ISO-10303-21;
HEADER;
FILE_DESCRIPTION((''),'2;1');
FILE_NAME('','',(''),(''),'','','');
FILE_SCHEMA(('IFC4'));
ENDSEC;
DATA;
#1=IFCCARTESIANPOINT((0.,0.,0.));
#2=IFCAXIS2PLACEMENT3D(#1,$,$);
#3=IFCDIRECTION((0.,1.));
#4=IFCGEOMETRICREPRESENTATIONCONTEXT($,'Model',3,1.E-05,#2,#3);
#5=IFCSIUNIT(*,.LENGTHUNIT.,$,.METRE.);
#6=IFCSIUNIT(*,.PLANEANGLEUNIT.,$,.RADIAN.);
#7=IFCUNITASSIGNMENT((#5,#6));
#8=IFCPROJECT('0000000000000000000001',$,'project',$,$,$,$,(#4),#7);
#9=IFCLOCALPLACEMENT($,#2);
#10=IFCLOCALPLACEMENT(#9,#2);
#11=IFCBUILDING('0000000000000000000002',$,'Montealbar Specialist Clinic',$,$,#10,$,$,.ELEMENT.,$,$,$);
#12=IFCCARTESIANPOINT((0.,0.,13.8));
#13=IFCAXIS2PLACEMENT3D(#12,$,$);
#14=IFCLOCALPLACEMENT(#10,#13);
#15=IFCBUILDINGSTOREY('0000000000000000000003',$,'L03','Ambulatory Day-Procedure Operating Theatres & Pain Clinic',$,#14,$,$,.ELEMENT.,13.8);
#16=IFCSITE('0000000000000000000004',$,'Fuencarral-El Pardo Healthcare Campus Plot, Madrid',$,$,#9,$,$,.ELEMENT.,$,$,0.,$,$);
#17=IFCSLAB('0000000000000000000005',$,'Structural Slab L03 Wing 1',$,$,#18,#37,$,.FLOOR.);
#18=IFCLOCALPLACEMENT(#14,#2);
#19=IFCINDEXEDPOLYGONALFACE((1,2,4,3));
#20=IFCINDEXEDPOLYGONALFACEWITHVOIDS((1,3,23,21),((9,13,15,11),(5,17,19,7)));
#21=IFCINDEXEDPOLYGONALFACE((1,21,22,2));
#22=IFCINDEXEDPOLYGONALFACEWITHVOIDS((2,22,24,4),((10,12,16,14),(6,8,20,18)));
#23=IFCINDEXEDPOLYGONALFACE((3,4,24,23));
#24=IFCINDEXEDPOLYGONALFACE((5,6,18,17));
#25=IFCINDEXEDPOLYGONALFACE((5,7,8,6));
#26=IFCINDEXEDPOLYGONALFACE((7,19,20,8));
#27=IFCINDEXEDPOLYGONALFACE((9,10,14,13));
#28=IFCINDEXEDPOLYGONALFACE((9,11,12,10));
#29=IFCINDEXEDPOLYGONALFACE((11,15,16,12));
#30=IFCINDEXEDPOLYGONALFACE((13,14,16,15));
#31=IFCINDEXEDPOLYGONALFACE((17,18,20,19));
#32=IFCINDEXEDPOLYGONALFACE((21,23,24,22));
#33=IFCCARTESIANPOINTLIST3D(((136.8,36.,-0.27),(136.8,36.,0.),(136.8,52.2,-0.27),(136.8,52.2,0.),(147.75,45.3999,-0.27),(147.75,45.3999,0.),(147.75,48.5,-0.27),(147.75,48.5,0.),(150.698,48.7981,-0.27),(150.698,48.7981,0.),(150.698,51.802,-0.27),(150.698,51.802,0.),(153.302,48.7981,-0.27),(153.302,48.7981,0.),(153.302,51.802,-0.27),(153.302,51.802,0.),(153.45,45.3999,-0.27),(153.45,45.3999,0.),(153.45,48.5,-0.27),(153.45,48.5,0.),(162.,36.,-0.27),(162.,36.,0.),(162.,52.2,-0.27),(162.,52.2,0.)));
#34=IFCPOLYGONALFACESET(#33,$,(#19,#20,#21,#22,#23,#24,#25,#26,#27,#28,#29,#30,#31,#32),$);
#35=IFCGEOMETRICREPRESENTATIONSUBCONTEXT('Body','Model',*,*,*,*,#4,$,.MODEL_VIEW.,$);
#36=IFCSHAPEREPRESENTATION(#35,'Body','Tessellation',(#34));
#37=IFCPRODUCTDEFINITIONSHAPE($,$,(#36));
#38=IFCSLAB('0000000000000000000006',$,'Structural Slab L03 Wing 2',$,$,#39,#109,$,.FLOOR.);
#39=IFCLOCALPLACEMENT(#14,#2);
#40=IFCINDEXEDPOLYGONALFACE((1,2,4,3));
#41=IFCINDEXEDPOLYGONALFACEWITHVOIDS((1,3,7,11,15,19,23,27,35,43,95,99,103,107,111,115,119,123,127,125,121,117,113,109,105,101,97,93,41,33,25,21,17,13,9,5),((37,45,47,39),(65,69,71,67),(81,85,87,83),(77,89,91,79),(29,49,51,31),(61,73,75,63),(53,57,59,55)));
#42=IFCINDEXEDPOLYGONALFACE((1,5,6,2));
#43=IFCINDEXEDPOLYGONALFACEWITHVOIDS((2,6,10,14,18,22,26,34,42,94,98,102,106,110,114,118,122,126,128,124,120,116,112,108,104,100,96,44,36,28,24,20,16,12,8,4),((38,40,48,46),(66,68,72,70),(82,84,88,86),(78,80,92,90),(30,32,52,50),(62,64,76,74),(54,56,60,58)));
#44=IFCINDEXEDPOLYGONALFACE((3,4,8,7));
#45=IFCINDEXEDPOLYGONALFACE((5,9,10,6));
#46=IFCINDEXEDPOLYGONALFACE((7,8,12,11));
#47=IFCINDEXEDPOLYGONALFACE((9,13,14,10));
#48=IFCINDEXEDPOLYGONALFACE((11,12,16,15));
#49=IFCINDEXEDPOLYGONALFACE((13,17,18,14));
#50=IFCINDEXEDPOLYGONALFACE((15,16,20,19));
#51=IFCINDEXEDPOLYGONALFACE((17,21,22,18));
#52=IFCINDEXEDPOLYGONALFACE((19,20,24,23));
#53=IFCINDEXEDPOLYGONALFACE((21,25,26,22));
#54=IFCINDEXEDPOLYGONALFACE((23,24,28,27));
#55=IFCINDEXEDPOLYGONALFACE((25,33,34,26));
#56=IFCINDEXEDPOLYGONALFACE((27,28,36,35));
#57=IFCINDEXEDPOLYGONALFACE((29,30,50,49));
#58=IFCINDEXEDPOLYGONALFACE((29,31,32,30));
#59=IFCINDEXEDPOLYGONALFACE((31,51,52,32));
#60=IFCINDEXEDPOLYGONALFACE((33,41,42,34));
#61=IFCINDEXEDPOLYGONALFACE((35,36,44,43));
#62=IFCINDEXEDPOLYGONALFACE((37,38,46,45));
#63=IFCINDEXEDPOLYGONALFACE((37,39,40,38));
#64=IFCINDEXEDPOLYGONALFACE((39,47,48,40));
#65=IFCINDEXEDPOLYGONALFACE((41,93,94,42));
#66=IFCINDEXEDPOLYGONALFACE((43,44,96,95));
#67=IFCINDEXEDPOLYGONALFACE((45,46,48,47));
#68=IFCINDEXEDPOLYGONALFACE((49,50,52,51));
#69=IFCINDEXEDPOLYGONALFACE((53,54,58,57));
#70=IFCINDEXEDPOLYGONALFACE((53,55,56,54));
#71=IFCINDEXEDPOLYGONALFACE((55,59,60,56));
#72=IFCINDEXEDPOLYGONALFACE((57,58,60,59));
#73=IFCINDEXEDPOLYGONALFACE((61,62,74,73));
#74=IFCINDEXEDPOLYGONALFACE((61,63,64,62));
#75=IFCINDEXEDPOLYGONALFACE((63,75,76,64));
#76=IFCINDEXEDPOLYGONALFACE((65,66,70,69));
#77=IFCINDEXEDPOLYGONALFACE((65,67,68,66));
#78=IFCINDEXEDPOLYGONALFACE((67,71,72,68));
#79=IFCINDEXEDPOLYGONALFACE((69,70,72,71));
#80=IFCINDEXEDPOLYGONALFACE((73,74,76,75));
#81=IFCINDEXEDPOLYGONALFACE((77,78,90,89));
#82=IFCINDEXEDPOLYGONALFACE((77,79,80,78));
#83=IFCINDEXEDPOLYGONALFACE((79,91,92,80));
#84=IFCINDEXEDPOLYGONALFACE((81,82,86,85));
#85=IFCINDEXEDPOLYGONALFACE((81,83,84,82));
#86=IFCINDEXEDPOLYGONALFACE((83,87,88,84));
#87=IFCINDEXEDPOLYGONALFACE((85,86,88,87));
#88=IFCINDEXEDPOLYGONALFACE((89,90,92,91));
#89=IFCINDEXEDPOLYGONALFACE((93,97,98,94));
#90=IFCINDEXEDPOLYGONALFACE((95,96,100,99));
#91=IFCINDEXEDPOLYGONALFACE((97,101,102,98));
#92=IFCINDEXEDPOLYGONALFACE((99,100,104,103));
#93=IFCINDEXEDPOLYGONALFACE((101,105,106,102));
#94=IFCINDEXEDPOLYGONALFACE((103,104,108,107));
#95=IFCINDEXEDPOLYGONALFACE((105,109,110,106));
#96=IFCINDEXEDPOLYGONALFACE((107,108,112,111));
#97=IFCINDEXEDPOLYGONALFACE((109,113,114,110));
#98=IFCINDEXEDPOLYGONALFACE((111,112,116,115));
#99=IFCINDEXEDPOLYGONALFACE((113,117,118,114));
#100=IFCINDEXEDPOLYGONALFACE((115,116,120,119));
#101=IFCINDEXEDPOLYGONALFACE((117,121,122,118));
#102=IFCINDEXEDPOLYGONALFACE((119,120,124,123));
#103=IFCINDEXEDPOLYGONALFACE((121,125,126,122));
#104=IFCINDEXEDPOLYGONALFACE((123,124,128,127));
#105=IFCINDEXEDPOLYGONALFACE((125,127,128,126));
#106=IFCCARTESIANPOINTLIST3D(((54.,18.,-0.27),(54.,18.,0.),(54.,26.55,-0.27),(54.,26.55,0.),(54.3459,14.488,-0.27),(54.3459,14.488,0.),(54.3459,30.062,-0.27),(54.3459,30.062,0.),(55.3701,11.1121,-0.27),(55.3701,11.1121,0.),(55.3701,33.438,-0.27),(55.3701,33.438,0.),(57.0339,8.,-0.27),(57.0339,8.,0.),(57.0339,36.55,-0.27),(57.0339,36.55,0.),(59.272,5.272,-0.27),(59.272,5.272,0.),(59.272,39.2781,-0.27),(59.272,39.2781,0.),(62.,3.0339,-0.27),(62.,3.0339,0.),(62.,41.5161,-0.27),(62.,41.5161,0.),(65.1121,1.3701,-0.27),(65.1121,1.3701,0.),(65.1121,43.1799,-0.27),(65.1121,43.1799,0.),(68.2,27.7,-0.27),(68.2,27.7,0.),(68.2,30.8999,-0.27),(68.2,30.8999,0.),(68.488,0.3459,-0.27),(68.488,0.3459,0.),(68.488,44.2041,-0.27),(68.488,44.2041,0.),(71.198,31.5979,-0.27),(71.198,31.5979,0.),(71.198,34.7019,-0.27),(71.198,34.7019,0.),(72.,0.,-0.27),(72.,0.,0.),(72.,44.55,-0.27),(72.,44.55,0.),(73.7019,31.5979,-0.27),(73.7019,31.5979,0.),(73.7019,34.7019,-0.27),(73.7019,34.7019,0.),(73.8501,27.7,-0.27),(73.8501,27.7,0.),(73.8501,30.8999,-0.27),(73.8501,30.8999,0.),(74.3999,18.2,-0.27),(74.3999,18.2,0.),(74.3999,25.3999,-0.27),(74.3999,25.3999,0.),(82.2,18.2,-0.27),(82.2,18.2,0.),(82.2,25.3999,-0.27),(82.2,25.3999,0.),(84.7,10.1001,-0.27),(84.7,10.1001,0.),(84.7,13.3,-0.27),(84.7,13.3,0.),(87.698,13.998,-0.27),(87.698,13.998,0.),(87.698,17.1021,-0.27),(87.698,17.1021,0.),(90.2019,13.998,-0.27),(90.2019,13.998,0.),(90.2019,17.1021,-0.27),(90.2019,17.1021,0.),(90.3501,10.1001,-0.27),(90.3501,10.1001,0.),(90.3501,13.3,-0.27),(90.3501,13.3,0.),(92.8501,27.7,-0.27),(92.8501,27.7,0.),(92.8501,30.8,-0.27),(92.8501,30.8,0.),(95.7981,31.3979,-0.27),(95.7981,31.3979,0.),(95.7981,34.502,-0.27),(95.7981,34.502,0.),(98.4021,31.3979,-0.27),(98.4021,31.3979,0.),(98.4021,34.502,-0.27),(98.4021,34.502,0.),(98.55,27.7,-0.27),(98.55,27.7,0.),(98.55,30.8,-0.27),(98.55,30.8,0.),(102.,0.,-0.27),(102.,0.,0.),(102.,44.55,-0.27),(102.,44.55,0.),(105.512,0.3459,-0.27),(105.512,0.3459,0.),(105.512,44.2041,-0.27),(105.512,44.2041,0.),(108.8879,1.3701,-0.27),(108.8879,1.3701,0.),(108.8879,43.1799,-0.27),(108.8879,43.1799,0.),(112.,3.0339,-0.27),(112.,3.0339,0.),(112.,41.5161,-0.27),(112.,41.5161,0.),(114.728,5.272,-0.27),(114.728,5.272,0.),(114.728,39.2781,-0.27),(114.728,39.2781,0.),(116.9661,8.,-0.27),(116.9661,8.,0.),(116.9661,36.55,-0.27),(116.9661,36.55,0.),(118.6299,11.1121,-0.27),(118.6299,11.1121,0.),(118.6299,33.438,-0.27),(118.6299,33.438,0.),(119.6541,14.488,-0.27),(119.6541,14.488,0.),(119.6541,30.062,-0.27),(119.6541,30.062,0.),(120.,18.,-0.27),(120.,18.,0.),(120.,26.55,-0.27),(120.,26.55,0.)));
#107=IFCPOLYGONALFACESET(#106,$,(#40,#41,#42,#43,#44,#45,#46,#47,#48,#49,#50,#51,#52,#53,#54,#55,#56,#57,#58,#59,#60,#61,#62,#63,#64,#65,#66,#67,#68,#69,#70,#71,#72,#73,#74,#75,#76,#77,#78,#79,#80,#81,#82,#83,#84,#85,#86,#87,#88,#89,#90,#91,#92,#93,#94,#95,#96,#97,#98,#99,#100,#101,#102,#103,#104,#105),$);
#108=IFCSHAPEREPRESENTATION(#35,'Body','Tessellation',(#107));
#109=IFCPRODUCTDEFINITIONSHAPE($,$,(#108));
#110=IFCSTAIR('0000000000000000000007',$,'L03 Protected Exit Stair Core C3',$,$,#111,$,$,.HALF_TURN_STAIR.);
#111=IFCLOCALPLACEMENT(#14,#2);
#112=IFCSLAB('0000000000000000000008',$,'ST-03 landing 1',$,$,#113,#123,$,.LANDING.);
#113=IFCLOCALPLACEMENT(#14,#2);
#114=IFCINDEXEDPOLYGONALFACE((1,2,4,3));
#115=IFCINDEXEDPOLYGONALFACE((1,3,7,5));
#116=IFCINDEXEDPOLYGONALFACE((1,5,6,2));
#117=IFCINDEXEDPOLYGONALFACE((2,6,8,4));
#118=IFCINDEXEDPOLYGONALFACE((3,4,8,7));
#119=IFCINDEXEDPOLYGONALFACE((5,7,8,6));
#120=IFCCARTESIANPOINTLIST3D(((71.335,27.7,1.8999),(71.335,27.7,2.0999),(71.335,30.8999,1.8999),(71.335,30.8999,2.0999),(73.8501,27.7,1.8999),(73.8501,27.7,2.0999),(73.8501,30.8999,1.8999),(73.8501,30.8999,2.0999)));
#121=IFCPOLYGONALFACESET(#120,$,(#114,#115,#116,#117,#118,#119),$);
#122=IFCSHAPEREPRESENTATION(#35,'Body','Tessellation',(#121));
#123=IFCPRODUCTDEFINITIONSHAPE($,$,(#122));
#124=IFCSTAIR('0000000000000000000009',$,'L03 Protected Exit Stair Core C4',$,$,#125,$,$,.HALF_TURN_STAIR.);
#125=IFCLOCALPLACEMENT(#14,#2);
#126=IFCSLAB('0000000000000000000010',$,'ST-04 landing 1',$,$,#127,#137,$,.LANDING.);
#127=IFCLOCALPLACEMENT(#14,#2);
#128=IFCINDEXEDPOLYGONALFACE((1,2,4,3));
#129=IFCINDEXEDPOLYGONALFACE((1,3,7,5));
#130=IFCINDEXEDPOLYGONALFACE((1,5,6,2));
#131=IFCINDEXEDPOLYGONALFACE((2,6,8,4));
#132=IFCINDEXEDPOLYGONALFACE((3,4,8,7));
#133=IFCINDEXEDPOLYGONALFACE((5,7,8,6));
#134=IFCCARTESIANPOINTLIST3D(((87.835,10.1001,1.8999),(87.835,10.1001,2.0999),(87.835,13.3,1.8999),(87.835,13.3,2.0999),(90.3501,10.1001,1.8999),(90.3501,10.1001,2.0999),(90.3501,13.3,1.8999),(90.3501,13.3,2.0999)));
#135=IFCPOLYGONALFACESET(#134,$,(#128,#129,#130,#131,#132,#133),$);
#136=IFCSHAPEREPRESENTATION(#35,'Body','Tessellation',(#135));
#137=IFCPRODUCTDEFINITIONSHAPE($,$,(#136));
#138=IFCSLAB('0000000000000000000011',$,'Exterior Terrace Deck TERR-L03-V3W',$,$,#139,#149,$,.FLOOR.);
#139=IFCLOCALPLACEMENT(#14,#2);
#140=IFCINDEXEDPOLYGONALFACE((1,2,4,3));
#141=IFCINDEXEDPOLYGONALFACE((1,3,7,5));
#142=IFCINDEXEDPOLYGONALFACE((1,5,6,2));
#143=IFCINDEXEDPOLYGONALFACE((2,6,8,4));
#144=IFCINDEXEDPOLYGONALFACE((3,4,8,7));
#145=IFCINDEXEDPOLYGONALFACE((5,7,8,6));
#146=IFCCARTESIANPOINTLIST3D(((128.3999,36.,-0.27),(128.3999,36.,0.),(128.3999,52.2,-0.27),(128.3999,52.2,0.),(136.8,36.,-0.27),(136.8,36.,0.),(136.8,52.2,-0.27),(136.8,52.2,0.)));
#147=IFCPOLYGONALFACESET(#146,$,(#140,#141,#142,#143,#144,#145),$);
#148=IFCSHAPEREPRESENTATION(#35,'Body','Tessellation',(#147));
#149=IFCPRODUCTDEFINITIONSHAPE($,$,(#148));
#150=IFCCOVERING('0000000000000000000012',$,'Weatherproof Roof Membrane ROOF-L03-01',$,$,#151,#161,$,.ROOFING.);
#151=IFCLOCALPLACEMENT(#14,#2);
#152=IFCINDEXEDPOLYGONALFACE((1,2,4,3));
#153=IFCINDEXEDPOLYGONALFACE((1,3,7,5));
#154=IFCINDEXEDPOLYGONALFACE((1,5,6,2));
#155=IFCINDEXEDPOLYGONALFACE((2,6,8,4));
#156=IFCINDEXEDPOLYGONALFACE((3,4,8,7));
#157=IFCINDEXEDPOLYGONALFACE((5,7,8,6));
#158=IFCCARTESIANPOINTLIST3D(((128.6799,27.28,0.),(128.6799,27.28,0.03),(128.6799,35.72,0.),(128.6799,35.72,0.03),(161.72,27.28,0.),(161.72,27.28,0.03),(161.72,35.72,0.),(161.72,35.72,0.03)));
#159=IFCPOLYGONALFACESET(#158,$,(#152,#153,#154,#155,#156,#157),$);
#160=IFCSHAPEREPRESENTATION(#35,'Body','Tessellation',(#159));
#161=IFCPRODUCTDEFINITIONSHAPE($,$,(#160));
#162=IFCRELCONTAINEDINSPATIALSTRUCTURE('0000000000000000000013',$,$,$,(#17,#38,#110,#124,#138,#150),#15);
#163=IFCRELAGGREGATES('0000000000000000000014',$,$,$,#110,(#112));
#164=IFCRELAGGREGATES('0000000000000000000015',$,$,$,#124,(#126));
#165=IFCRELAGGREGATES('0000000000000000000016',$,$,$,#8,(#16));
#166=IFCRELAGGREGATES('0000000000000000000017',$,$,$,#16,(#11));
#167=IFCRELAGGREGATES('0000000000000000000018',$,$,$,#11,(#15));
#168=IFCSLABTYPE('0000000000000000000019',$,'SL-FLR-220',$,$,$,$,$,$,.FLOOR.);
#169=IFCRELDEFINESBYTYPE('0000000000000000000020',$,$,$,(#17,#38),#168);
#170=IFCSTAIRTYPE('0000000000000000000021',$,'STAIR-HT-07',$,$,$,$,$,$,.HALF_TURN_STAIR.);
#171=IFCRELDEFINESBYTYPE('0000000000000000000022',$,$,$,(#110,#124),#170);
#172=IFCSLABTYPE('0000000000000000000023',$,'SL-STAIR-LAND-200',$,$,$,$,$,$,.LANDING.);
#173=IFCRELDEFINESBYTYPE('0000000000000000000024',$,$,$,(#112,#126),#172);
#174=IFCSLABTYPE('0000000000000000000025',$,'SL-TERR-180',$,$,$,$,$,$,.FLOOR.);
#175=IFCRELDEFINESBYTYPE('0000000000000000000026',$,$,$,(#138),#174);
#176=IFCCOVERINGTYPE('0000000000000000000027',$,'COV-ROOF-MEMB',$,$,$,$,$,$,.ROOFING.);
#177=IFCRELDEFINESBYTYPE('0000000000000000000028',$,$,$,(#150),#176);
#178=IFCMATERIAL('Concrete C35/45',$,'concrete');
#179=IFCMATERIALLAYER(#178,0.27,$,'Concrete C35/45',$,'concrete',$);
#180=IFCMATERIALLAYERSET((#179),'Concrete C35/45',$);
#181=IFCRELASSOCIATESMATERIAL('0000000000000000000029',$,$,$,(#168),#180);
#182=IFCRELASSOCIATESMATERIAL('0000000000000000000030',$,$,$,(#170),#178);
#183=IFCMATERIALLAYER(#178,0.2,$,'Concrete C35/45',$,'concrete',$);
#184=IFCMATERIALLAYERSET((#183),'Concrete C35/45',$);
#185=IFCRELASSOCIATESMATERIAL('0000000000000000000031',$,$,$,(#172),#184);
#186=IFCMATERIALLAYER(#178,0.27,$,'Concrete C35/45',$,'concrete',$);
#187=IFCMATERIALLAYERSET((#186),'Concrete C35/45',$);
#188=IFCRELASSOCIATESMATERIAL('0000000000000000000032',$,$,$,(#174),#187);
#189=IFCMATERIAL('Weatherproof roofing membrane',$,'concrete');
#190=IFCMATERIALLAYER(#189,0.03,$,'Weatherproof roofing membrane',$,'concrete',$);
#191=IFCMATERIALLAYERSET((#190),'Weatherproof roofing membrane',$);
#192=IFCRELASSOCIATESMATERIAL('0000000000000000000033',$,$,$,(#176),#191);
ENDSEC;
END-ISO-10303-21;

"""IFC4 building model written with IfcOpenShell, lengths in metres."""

from ifc_helpers import new_model, si_unit, direction, frame, origin, origin_2d, place, context, subcontext, project, spatial, polyline, rectangle, outline, extrude, material, layer, layer_set, type_object, element, aggregate, save


model = new_model("IFC4")

# Units and contexts
model_context = context("Model", 3, precision=1e-05, world=origin(), true_north=direction((0.0, 1.0)))
body_context = subcontext(model_context, "Body", "Model", "MODEL_VIEW")
ifc_project = project(units=[si_unit("LENGTHUNIT", "METRE"), si_unit("PLANEANGLEUNIT", "RADIAN")], contexts=[model_context])

# Site, building, storey
site_placement = place(None, origin())
site = spatial("IfcSite", under=ifc_project, at=site_placement, Name="Fuencarral-El Pardo Healthcare Campus Plot, Madrid", CompositionType="ELEMENT", RefElevation=0.0)
building_placement = place(site_placement, origin())
building = spatial("IfcBuilding", under=site, at=building_placement, Name="Montealbar Specialist Clinic", CompositionType="ELEMENT")
storey_placement = place(building_placement, frame((0.0, 0.0, 13.8)))
storey = spatial("IfcBuildingStorey", under=building, at=storey_placement, Name="L03", Description="Ambulatory Day-Procedure Operating Theatres & Pain Clinic", CompositionType="ELEMENT", Elevation=13.8)

# Slabs, openings
ifc_material_1 = material(Name="Concrete C35/45", Category="concrete")
ifc_layer_1 = layer(ifc_material_1, 0.27, Name="Concrete C35/45", Category="concrete")
ifc_layer_set_1 = layer_set([ifc_layer_1], Name="Concrete C35/45")
slab_type_1 = type_object("IfcSlabType", Name="SL-FLR-220", PredefinedType="FLOOR", material=ifc_layer_set_1)
slab_1_placement = place(storey_placement, frame((0.0, 0.0, -0.27)))
slab_1 = element("IfcSlab", 1, at=slab_1_placement, inside=storey, type_object=slab_type_1, Name="Structural Slab L03 Wing 1", PredefinedType="FLOOR", context=body_context, shape_type="SweptSolid", body=[
    extrude(outline(polyline([(162.0, 52.2), (162.0, 36.0), (136.8, 36.0), (136.8, 52.2), (162.0, 52.2)]), holes=[polyline([(147.75, 48.5), (147.75, 45.3999), (153.45, 45.3999), (153.45, 48.5), (147.75, 48.5)]), polyline([(150.698, 51.802), (150.698, 48.7981), (153.302, 48.7981), (153.302, 51.802), (150.698, 51.802)])]), origin(), (0.0, 0.0, 1.0), 0.27),
])
opening_1_placement = place(slab_1_placement, frame((150.6001, 46.95, -0.01)))
element("IfcOpeningElement", 2, at=opening_1_placement, cuts=slab_1, PredefinedType="OPENING", context=body_context, shape_type="SweptSolid", body=[
    extrude(rectangle(XDim=5.696, YDim=3.0962, at=origin_2d()), origin(), (0.0, 0.0, 1.0), 0.29),
])
opening_2_placement = place(slab_1_placement, frame((152.0, 50.3, -0.01)))
element("IfcOpeningElement", 3, at=opening_2_placement, cuts=slab_1, PredefinedType="OPENING", context=body_context, shape_type="SweptSolid", body=[
    extrude(rectangle(XDim=2.6001, YDim=3.0, at=origin_2d()), origin(), (0.0, 0.0, 1.0), 0.29),
])
slab_2_placement = place(storey_placement, frame((0.0, 0.0, -0.27)))
slab_2 = element("IfcSlab", 4, at=slab_2_placement, inside=storey, type_object=slab_type_1, Name="Structural Slab L03 Wing 2", PredefinedType="FLOOR", context=body_context, shape_type="SweptSolid", body=[
    extrude(outline(polyline([(54.3459, 30.062), (55.3701, 33.438), (57.0339, 36.55), (59.272, 39.2781), (62.0, 41.5161), (65.1121, 43.1799), (68.488, 44.2041), (72.0, 44.55), (102.0, 44.55), (105.512, 44.2041), (108.8879, 43.1799), (112.0, 41.5161), (114.728, 39.2781), (116.9661, 36.55), (118.6299, 33.438), (119.6541, 30.062), (120.0, 26.55), (120.0, 18.0), (119.6541, 14.488), (118.6299, 11.1121), (116.9661, 8.0), (114.728, 5.272), (112.0, 3.0339), (108.8879, 1.3701), (105.512, 0.3459), (102.0, 0.0), (72.0, 0.0), (68.488, 0.3459), (65.1121, 1.3701), (62.0, 3.0339), (59.272, 5.272), (57.0339, 8.0), (55.3701, 11.1121), (54.3459, 14.488), (54.0, 18.0), (54.0, 26.55), (54.3459, 30.062)]), holes=[polyline([(82.2, 25.3999), (74.3999, 25.3999), (74.3999, 18.2), (82.2, 18.2), (82.2, 25.3999)]), polyline([(84.7, 13.3), (84.7, 10.1001), (90.3501, 10.1001), (90.3501, 13.3), (84.7, 13.3)]), polyline([(87.698, 17.1021), (87.698, 13.998), (90.2019, 13.998), (90.2019, 17.1021), (87.698, 17.1021)]), polyline([(92.8501, 30.8), (92.8501, 27.7), (98.55, 27.7), (98.55, 30.8), (92.8501, 30.8)]), polyline([(68.2, 30.8999), (68.2, 27.7), (73.8501, 27.7), (73.8501, 30.8999), (68.2, 30.8999)]), polyline([(95.7981, 34.502), (95.7981, 31.3979), (98.4021, 31.3979), (98.4021, 34.502), (95.7981, 34.502)]), polyline([(71.198, 34.7019), (71.198, 31.5979), (73.7019, 31.5979), (73.7019, 34.7019), (71.198, 34.7019)])]), origin(), (0.0, 0.0, 1.0), 0.27),
])
opening_3_placement = place(slab_2_placement, frame((71.0249, 29.2998, -0.01)))
element("IfcOpeningElement", 5, at=opening_3_placement, cuts=slab_2, PredefinedType="OPENING", context=body_context, shape_type="SweptSolid", body=[
    extrude(rectangle(XDim=5.6462, YDim=3.196, at=origin_2d()), origin(), (0.0, 0.0, 1.0), 0.29),
])
opening_4_placement = place(slab_2_placement, frame((72.45, 33.1499, -0.01)))
element("IfcOpeningElement", 6, at=opening_4_placement, cuts=slab_2, PredefinedType="OPENING", context=body_context, shape_type="SweptSolid", body=[
    extrude(rectangle(XDim=2.5, YDim=3.1001, at=origin_2d()), origin(), (0.0, 0.0, 1.0), 0.29),
])
opening_5_placement = place(slab_2_placement, frame((87.5249, 11.7002, -0.01)))
element("IfcOpeningElement", 7, at=opening_5_placement, cuts=slab_2, PredefinedType="OPENING", context=body_context, shape_type="SweptSolid", body=[
    extrude(rectangle(XDim=5.6462, YDim=3.196, at=origin_2d()), origin(), (0.0, 0.0, 1.0), 0.29),
])
opening_6_placement = place(slab_2_placement, frame((88.95, 15.55, -0.01)))
element("IfcOpeningElement", 8, at=opening_6_placement, cuts=slab_2, PredefinedType="OPENING", context=body_context, shape_type="SweptSolid", body=[
    extrude(rectangle(XDim=2.5, YDim=3.1001, at=origin_2d()), origin(), (0.0, 0.0, 1.0), 0.29),
])
opening_7_placement = place(slab_2_placement, frame((95.7002, 29.25, -0.01)))
element("IfcOpeningElement", 9, at=opening_7_placement, cuts=slab_2, PredefinedType="OPENING", context=body_context, shape_type="SweptSolid", body=[
    extrude(rectangle(XDim=5.696, YDim=3.0962, at=origin_2d()), origin(), (0.0, 0.0, 1.0), 0.29),
])
opening_8_placement = place(slab_2_placement, frame((97.1001, 32.95, -0.01)))
element("IfcOpeningElement", 10, at=opening_8_placement, cuts=slab_2, PredefinedType="OPENING", context=body_context, shape_type="SweptSolid", body=[
    extrude(rectangle(XDim=2.6001, YDim=3.1001, at=origin_2d()), origin(), (0.0, 0.0, 1.0), 0.29),
])

# Shared definitions
ifc_material_2 = material(Name="Weatherproof roofing membrane", Category="concrete")

# Stairs, slabs
stair_type = type_object("IfcStairType", Name="STAIR-HT-07", PredefinedType="HALF_TURN_STAIR", material=ifc_material_1)
stair_1_placement = place(storey_placement, origin())
stair_1 = element("IfcStair", 11, at=stair_1_placement, inside=storey, type_object=stair_type, Name="L03 Protected Exit Stair Core C3", PredefinedType="HALF_TURN_STAIR")
ifc_layer_2 = layer(ifc_material_1, 0.2, Name="Concrete C35/45", Category="concrete")
ifc_layer_set_2 = layer_set([ifc_layer_2], Name="Concrete C35/45")
slab_type_2 = type_object("IfcSlabType", Name="SL-STAIR-LAND-200", PredefinedType="LANDING", material=ifc_layer_set_2)
slab_3_placement = place(storey_placement, frame((0.0, 0.0, 1.8999)))
slab_3 = element("IfcSlab", 12, at=slab_3_placement, type_object=slab_type_2, Name="ST-03 landing 1", PredefinedType="LANDING", context=body_context, shape_type="SweptSolid", body=[
    extrude(outline(polyline([(71.335, 27.7), (73.8501, 27.7), (73.8501, 30.8999), (71.335, 30.8999), (71.335, 27.7)])), origin(), (0.0, 0.0, 1.0), 0.2),
])
aggregate(stair_1, [slab_3])
stair_2_placement = place(storey_placement, origin())
stair_2 = element("IfcStair", 13, at=stair_2_placement, inside=storey, type_object=stair_type, Name="L03 Protected Exit Stair Core C4", PredefinedType="HALF_TURN_STAIR")
slab_4_placement = place(storey_placement, frame((0.0, 0.0, 1.8999)))
slab_4 = element("IfcSlab", 14, at=slab_4_placement, type_object=slab_type_2, Name="ST-04 landing 1", PredefinedType="LANDING", context=body_context, shape_type="SweptSolid", body=[
    extrude(outline(polyline([(87.835, 10.1001), (90.3501, 10.1001), (90.3501, 13.3), (87.835, 13.3), (87.835, 10.1001)])), origin(), (0.0, 0.0, 1.0), 0.2),
])
aggregate(stair_2, [slab_4])

# Slab
ifc_layer_3 = layer(ifc_material_1, 0.27, Name="Concrete C35/45", Category="concrete")
ifc_layer_set_3 = layer_set([ifc_layer_3], Name="Concrete C35/45")
slab_type_3 = type_object("IfcSlabType", Name="SL-TERR-180", PredefinedType="FLOOR", material=ifc_layer_set_3)
slab_5_placement = place(storey_placement, frame((0.0, 0.0, -0.27)))
element("IfcSlab", 15, at=slab_5_placement, inside=storey, type_object=slab_type_3, Name="Exterior Terrace Deck TERR-L03-V3W", PredefinedType="FLOOR", context=body_context, shape_type="SweptSolid", body=[
    extrude(outline(polyline([(128.3999, 36.0), (136.8, 36.0), (136.8, 52.2), (128.3999, 52.2), (128.3999, 36.0)])), origin(), (0.0, 0.0, 1.0), 0.27),
])

# Covering
ifc_layer_4 = layer(ifc_material_2, 0.03, Name="Weatherproof roofing membrane", Category="concrete")
ifc_layer_set_4 = layer_set([ifc_layer_4], Name="Weatherproof roofing membrane")
covering_type = type_object("IfcCoveringType", Name="COV-ROOF-MEMB", PredefinedType="ROOFING", material=ifc_layer_set_4)
covering_1_placement = place(storey_placement, origin())
element("IfcCovering", 16, at=covering_1_placement, inside=storey, type_object=covering_type, Name="Weatherproof Roof Membrane ROOF-L03-01", PredefinedType="ROOFING", context=body_context, shape_type="SweptSolid", body=[
    extrude(outline(polyline([(128.6799, 27.28), (128.6799, 35.72), (161.72, 35.72), (161.72, 27.28), (128.6799, 27.28)])), origin(), (0.0, 0.0, 1.0), 0.03),
])

save(model, "model.ifc")
